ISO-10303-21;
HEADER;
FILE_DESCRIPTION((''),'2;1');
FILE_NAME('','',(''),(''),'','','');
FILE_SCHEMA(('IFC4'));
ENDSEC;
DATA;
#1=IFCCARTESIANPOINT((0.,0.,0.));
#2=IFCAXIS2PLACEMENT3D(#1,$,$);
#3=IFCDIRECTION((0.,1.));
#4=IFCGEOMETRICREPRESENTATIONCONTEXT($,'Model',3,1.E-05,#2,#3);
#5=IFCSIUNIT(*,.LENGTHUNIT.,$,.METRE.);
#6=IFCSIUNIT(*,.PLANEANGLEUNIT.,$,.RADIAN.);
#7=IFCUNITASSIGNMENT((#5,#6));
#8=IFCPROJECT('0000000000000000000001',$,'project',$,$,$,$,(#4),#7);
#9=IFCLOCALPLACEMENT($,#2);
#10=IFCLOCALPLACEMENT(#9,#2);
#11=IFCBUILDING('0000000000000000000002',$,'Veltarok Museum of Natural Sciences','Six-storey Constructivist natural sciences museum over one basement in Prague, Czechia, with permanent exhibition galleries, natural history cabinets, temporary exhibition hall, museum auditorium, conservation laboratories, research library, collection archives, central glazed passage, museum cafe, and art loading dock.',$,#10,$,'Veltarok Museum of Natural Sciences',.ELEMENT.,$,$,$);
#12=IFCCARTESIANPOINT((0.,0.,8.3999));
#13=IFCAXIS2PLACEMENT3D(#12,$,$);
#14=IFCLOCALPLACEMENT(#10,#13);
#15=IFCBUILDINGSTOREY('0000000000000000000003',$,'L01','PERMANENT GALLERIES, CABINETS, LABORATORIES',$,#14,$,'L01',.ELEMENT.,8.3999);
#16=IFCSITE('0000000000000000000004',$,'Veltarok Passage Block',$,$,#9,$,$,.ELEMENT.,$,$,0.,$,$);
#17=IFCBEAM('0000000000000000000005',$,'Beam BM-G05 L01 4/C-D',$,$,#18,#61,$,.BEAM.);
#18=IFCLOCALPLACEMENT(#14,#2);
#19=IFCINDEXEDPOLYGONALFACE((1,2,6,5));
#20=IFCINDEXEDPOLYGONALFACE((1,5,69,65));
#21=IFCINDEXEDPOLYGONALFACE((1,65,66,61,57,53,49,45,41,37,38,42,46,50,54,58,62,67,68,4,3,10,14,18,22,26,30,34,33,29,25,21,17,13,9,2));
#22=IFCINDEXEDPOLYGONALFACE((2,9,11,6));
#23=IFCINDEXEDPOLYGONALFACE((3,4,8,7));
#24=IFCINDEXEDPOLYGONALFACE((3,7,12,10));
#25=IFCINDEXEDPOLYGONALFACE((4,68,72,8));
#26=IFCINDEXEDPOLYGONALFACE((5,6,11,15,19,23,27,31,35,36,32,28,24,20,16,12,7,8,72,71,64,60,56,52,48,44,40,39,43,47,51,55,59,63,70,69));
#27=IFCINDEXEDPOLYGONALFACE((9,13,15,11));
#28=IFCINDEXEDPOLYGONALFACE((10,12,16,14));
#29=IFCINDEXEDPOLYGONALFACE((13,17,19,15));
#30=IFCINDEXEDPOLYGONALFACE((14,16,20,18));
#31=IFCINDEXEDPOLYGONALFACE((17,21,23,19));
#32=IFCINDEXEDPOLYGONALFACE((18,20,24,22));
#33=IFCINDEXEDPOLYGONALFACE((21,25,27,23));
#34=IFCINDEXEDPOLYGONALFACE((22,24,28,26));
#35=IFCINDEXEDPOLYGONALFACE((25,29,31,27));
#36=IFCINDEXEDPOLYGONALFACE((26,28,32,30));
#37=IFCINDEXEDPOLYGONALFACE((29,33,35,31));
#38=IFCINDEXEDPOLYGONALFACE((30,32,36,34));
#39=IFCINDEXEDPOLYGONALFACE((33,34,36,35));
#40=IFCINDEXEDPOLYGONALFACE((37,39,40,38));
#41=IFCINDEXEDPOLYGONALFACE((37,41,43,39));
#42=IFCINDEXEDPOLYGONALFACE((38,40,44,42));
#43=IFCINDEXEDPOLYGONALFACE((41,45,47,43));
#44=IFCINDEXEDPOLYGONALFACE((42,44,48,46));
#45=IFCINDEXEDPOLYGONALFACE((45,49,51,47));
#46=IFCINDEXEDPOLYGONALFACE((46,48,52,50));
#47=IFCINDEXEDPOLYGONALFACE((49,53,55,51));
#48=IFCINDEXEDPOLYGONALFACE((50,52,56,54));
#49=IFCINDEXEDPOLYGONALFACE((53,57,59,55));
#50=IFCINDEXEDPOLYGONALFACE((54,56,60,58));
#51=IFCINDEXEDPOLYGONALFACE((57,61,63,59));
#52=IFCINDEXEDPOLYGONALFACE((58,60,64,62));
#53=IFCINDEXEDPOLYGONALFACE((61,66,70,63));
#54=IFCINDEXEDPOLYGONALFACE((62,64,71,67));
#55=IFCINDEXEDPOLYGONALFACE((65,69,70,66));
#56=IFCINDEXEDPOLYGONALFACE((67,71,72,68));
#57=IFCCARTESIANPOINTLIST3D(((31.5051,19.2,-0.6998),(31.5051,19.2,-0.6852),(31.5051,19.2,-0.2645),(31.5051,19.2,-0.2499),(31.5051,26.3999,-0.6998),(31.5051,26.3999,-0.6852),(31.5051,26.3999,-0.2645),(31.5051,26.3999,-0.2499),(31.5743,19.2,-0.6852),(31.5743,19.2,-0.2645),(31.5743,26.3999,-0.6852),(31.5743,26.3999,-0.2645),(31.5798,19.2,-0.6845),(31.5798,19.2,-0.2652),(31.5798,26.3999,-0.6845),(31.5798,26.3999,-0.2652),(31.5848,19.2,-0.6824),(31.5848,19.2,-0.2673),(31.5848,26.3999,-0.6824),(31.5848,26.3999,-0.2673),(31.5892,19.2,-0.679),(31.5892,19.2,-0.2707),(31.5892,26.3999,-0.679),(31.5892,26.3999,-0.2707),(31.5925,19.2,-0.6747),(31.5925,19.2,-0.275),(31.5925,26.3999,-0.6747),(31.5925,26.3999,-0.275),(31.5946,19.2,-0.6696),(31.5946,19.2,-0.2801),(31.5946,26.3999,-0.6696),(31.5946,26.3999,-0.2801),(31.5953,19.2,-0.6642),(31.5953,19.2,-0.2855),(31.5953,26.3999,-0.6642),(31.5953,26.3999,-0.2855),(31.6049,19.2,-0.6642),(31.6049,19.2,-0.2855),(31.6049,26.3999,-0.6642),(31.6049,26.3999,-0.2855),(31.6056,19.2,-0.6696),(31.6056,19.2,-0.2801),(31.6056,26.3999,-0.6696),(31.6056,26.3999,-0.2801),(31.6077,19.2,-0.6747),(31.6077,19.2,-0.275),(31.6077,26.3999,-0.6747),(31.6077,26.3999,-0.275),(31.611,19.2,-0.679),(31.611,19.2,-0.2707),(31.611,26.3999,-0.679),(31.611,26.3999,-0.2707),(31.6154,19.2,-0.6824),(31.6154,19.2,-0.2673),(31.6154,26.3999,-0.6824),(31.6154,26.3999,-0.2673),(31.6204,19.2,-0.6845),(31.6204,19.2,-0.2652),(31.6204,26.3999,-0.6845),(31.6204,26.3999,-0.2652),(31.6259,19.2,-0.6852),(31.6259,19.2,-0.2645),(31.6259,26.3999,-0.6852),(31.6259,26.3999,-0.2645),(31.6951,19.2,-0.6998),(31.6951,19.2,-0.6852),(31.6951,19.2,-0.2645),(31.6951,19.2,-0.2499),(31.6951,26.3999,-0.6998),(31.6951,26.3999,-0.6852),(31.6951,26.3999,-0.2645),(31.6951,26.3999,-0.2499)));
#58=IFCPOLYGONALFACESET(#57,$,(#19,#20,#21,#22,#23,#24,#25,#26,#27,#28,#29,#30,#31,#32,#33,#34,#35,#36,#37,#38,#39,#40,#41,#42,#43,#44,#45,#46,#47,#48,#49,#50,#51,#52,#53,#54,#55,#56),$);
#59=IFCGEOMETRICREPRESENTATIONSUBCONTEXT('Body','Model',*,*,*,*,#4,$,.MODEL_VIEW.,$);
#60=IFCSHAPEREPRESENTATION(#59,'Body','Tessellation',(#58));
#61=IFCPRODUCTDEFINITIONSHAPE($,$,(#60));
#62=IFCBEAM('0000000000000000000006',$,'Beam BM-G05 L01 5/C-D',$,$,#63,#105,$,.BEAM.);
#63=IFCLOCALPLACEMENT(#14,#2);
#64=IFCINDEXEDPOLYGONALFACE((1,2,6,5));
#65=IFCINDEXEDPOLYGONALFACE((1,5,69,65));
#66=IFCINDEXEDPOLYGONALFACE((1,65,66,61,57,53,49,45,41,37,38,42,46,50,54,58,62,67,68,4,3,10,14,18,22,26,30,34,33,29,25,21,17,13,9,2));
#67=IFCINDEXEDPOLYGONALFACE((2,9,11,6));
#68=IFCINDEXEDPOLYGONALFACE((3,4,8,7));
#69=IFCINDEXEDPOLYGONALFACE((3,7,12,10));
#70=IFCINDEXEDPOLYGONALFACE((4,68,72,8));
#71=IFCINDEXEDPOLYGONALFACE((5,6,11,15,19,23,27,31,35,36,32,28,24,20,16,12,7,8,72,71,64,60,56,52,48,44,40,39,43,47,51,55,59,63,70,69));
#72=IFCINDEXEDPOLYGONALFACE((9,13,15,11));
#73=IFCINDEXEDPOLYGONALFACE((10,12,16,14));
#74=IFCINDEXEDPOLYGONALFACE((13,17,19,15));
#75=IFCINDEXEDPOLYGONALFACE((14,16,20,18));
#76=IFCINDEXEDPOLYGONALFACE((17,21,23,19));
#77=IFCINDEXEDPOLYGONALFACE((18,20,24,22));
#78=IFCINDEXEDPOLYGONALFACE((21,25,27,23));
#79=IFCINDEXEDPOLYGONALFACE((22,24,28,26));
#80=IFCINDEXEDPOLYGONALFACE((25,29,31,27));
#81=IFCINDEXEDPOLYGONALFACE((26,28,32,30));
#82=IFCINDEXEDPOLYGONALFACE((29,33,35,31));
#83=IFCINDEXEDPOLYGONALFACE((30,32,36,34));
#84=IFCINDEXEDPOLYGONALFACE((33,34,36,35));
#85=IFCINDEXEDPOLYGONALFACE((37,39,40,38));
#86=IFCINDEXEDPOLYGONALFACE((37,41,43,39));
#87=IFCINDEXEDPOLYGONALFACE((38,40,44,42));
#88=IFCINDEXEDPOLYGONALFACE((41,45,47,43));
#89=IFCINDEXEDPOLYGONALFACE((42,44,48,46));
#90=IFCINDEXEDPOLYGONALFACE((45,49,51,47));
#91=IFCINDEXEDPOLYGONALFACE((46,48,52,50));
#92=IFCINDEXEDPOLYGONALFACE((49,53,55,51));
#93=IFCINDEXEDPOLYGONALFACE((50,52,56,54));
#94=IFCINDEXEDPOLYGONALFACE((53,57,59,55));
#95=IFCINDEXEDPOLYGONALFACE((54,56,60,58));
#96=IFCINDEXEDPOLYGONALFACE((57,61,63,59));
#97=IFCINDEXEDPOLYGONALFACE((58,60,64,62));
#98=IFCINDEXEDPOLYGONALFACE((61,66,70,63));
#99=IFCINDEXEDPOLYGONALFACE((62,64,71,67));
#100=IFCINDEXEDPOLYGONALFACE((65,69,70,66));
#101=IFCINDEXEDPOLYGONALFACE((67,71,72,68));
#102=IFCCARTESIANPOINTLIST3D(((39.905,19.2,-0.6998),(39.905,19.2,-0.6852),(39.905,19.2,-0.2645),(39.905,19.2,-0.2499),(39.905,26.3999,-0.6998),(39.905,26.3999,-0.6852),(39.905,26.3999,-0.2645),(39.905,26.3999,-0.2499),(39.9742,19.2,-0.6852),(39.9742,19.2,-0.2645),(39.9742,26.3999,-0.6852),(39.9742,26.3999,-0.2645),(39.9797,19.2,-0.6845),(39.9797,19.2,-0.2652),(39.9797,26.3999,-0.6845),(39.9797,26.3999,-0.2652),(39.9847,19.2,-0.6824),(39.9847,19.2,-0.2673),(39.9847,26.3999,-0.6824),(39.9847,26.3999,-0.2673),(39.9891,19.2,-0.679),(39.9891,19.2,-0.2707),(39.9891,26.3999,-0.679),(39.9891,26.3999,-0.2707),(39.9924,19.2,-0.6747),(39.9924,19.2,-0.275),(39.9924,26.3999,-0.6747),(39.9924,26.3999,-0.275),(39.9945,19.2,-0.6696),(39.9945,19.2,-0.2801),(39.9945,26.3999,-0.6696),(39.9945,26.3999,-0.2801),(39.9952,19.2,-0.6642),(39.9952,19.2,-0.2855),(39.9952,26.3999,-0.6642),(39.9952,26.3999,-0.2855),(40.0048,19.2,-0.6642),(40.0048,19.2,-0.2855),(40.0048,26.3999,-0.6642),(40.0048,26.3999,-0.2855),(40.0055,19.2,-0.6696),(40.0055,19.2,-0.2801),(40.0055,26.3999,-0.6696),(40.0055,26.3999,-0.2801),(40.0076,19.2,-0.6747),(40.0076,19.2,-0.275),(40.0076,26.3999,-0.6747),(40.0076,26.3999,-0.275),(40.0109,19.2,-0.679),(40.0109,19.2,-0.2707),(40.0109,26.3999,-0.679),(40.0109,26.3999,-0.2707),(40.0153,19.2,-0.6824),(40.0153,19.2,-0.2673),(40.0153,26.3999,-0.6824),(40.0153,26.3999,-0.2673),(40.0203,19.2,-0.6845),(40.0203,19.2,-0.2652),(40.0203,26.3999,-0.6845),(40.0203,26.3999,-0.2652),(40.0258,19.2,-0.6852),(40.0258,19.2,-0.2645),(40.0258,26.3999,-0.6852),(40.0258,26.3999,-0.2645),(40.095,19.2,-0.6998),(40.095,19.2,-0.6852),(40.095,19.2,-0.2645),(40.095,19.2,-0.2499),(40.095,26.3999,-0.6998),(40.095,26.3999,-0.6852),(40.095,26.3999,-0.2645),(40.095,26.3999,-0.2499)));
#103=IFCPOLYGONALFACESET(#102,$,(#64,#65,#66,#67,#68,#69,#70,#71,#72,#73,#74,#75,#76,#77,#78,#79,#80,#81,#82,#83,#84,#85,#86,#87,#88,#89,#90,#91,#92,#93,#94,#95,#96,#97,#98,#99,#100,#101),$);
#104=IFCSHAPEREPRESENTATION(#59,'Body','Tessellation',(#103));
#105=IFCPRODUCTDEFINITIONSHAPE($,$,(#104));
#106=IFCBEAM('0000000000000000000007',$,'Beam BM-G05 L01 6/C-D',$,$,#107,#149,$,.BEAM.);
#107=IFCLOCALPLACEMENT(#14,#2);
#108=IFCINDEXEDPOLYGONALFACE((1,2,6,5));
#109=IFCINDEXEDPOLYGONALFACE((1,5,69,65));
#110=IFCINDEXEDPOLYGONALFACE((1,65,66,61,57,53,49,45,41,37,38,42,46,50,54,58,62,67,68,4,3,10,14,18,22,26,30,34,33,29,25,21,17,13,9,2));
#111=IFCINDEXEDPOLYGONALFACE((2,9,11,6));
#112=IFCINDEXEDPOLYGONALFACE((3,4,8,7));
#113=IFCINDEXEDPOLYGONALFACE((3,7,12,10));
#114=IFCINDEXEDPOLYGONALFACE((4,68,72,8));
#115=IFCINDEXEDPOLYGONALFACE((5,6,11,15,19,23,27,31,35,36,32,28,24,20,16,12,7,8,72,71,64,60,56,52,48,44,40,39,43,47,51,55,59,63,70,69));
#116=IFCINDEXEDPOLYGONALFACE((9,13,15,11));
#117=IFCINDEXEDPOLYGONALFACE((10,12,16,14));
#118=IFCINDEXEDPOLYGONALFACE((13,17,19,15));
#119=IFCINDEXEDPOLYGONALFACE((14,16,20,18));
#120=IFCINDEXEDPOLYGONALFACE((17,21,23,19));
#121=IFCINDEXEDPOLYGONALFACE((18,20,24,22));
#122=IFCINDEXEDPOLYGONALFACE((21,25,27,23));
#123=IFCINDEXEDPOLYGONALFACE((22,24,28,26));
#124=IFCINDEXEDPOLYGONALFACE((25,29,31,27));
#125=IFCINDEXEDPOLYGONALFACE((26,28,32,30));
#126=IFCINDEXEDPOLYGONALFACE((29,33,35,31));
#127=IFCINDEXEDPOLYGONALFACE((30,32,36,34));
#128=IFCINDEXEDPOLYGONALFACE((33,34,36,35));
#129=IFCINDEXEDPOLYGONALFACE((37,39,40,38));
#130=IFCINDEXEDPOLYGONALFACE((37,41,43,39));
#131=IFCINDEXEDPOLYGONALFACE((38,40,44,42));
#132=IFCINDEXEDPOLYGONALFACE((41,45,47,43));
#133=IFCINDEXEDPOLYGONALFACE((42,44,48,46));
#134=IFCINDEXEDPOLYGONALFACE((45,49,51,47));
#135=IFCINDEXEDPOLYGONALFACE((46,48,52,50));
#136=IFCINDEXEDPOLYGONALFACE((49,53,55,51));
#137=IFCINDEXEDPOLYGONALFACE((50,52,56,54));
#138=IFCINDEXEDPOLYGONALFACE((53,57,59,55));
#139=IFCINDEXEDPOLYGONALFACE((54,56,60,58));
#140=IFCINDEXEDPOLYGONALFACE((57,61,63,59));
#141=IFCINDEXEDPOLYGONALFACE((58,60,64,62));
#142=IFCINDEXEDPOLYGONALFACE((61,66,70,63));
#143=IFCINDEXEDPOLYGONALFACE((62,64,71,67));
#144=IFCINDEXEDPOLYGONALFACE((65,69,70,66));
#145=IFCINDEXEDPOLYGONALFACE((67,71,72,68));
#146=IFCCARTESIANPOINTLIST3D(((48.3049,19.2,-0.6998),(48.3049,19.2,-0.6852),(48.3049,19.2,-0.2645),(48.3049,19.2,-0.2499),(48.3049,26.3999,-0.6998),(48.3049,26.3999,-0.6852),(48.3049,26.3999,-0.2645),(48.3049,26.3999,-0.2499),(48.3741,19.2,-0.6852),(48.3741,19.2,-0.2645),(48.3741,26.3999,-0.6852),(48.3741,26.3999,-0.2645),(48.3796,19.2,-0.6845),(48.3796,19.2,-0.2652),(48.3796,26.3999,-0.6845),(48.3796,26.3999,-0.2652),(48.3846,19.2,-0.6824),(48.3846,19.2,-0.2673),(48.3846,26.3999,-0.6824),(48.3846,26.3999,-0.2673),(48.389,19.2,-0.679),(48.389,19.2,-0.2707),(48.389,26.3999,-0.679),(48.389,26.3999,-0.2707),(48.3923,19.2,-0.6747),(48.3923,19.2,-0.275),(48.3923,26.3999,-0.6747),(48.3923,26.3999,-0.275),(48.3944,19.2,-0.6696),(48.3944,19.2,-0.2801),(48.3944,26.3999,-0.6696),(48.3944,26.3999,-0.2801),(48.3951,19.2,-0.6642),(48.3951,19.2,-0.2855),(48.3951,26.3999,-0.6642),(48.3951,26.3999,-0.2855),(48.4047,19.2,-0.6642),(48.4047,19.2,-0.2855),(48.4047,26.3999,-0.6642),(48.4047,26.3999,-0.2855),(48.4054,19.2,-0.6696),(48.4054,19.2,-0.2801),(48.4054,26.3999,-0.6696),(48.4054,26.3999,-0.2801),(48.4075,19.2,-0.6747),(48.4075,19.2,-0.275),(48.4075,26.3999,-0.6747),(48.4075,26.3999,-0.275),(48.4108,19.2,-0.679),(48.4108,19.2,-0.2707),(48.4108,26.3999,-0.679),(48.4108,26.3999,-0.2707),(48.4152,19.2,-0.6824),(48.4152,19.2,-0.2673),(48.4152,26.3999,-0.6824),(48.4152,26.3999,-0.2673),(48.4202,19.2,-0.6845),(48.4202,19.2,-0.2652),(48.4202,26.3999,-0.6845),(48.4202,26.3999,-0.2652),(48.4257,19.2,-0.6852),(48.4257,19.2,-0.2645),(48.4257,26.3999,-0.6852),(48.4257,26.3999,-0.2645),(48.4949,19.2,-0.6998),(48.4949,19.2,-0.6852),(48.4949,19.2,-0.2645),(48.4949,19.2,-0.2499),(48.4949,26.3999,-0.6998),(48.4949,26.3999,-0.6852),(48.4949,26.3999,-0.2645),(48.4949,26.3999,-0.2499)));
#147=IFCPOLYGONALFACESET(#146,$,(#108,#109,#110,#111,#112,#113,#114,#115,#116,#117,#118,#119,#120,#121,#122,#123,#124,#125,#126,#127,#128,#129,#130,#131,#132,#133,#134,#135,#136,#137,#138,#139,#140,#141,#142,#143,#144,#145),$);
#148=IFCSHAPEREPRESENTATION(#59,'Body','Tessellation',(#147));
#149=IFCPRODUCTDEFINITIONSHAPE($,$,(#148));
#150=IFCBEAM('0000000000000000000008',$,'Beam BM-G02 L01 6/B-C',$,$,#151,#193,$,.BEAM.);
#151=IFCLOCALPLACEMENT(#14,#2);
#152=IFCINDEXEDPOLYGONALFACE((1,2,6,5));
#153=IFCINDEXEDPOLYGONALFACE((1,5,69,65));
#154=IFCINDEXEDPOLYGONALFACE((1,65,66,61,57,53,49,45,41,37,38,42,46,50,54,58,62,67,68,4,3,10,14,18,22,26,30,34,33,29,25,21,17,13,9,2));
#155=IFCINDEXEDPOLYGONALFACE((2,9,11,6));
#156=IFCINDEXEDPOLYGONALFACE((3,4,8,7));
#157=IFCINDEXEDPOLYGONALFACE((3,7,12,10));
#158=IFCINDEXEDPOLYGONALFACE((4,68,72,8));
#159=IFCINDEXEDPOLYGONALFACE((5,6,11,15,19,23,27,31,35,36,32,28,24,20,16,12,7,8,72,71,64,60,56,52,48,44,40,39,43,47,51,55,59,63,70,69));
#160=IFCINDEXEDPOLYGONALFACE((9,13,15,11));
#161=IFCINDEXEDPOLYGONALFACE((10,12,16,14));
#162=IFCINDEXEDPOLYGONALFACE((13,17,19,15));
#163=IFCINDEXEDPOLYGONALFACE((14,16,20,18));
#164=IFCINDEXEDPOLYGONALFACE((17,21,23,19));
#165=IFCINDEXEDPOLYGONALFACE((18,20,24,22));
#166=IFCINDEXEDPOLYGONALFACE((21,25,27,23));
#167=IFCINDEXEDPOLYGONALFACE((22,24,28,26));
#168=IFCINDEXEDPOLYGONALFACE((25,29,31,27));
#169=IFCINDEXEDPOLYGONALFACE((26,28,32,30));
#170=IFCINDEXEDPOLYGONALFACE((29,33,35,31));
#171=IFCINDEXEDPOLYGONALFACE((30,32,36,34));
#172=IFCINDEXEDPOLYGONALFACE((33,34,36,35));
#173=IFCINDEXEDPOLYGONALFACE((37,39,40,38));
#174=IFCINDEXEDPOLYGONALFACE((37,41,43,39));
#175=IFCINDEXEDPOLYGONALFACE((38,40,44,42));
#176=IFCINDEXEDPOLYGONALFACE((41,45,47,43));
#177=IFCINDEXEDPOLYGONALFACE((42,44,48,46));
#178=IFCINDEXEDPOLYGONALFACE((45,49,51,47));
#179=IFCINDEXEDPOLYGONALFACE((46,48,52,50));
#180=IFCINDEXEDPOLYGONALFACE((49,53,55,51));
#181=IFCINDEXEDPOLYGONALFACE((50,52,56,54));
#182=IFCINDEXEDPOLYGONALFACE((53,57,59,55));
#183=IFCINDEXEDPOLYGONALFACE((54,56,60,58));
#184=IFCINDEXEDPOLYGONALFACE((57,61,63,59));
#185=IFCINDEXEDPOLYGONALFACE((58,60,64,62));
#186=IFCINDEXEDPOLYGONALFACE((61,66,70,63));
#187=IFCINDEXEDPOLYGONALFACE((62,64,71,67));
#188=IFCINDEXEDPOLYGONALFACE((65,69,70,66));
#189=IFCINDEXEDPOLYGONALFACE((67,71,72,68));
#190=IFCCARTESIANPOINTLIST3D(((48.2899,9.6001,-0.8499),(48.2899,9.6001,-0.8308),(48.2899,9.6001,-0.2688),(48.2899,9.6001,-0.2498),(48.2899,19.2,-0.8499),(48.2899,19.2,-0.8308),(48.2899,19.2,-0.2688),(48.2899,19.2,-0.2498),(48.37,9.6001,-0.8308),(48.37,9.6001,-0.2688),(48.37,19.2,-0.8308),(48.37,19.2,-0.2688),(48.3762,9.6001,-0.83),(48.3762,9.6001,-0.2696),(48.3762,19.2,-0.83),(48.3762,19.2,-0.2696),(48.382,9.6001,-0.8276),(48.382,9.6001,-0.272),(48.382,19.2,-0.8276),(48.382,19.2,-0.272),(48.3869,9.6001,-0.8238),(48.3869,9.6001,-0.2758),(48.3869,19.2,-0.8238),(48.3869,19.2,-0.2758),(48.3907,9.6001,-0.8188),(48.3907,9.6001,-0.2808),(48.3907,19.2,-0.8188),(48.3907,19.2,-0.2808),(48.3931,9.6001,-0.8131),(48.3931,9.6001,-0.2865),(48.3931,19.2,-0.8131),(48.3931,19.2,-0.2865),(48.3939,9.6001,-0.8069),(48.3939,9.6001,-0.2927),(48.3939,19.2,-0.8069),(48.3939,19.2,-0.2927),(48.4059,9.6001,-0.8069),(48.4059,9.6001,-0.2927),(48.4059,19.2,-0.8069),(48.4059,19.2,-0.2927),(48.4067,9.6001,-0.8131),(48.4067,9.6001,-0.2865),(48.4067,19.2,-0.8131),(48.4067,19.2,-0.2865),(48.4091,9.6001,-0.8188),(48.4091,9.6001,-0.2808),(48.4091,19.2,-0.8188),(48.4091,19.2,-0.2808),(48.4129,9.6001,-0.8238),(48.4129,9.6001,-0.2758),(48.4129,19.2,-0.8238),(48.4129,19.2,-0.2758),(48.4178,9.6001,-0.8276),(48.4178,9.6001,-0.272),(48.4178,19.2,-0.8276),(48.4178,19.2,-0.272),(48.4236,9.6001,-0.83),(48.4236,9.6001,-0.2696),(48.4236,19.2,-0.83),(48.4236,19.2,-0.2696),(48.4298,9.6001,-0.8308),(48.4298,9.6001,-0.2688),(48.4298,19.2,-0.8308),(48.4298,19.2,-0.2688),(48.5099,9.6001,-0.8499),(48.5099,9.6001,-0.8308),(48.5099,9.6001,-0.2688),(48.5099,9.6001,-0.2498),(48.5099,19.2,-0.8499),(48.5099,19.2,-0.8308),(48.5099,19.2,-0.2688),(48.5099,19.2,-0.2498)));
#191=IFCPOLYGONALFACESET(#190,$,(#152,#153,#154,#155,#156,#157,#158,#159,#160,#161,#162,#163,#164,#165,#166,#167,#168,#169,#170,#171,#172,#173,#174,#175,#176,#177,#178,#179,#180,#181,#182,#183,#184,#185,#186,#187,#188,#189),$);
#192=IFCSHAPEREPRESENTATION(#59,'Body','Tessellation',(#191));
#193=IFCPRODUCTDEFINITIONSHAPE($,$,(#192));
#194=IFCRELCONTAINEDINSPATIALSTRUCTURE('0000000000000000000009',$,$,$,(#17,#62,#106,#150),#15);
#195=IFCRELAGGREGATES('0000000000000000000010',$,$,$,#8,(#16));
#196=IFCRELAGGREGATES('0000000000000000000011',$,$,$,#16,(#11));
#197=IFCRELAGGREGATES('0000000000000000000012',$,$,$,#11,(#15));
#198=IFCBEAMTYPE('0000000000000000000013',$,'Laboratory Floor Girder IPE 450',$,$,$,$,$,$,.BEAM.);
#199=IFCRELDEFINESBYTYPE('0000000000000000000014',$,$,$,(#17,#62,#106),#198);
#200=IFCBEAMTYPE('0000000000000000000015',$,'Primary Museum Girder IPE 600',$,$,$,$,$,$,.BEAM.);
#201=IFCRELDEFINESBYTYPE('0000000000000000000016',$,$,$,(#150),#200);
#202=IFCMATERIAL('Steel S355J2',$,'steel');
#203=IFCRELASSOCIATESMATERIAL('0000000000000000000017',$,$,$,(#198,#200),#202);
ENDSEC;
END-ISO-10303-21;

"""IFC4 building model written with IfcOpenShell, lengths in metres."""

from ifc_helpers import new_model, si_unit, direction, frame, origin, origin_2d, place, context, subcontext, project, spatial, i_section, extrude, material, material_profile, profile_set, type_object, element, save


model = new_model("IFC4")

# Units and contexts
model_context = context("Model", 3, precision=1e-05, world=origin(), true_north=direction((0.0, 1.0)))
body_context = subcontext(model_context, "Body", "Model", "MODEL_VIEW")
ifc_project = project(units=[si_unit("LENGTHUNIT", "METRE"), si_unit("PLANEANGLEUNIT", "RADIAN")], contexts=[model_context])

# Site, building, storey
site_placement = place(None, origin())
site = spatial("IfcSite", under=ifc_project, at=site_placement, Name="Veltarok Passage Block", CompositionType="ELEMENT", RefElevation=0.0)
building_placement = place(site_placement, origin())
building = spatial("IfcBuilding", under=site, at=building_placement, Name="Veltarok Museum of Natural Sciences", Description="Six-storey Constructivist natural sciences museum over one basement in Prague, Czechia, with permanent exhibition galleries, natural history cabinets, temporary exhibition hall, museum auditorium, conservation laboratories, research library, collection archives, central glazed passage, museum cafe, and art loading dock.", LongName="Veltarok Museum of Natural Sciences", CompositionType="ELEMENT")
storey_placement = place(building_placement, frame((0.0, 0.0, 8.3999)))
storey = spatial("IfcBuildingStorey", under=building, at=storey_placement, Name="L01", Description="PERMANENT GALLERIES, CABINETS, LABORATORIES", LongName="L01", CompositionType="ELEMENT", Elevation=8.3999)

# Shared definitions
ifc_material_1 = material(Name="Steel S355J2", Category="steel")

# Beams
ifc_material_profile_1 = material_profile(ifc_material_1, i_section(OverallWidth=0.1899, OverallDepth=0.45, WebThickness=0.0095, FlangeThickness=0.0146, FilletRadius=0.021, at=origin_2d()), Name="IPE 450")
ifc_profile_set_1 = profile_set([ifc_material_profile_1], Name="Steel S355J2")
beam_type_1 = type_object("IfcBeamType", Name="Laboratory Floor Girder IPE 450", PredefinedType="BEAM", material=ifc_profile_set_1)
for number, where, z_axis, x_axis, name in (
    (1, (31.6001, 19.2, -0.4749), (0.0, 1.0, 0.0), (-1.0, 0.0, 0.0), "Beam BM-G05 L01 4/C-D"),
    (2, (40.0, 19.2, -0.4749), (0.0, 1.0, 0.0), (-1.0, 0.0, 0.0), "Beam BM-G05 L01 5/C-D"),
    (3, (48.3999, 19.2, -0.4749), (0.0, 1.0, 0.0), (-1.0, 0.0, 0.0), "Beam BM-G05 L01 6/C-D"),
):
    element("IfcBeam", number, at=place(storey_placement, frame(where, z_axis=z_axis, x_axis=x_axis)), inside=storey, type_object=beam_type_1, Name=name, PredefinedType="BEAM", context=body_context, shape_type="SweptSolid", body=[
        extrude(i_section(OverallWidth=0.1899, OverallDepth=0.45, WebThickness=0.0095, FlangeThickness=0.0146, FilletRadius=0.021, at=origin_2d()), origin(), (0.0, 0.0, 1.0), 7.2),
    ])
ifc_material_profile_2 = material_profile(ifc_material_1, i_section(OverallWidth=0.22, OverallDepth=0.6001, WebThickness=0.012, FlangeThickness=0.019, FilletRadius=0.0239, at=origin_2d()), Name="IPE 600")
ifc_profile_set_2 = profile_set([ifc_material_profile_2], Name="Steel S355J2")
beam_type_2 = type_object("IfcBeamType", Name="Primary Museum Girder IPE 600", PredefinedType="BEAM", material=ifc_profile_set_2)
beam_1_placement = place(storey_placement, frame((48.3999, 9.6001, -0.5498), z_axis=(0.0, 1.0, 0.0), x_axis=(-1.0, 0.0, 0.0)))
element("IfcBeam", 4, at=beam_1_placement, inside=storey, type_object=beam_type_2, Name="Beam BM-G02 L01 6/B-C", PredefinedType="BEAM", context=body_context, shape_type="SweptSolid", body=[
    extrude(i_section(OverallWidth=0.22, OverallDepth=0.6001, WebThickness=0.012, FlangeThickness=0.019, FilletRadius=0.0239, at=origin_2d()), origin(), (0.0, 0.0, 1.0), 9.5999),
])

save(model, "model.ifc")
